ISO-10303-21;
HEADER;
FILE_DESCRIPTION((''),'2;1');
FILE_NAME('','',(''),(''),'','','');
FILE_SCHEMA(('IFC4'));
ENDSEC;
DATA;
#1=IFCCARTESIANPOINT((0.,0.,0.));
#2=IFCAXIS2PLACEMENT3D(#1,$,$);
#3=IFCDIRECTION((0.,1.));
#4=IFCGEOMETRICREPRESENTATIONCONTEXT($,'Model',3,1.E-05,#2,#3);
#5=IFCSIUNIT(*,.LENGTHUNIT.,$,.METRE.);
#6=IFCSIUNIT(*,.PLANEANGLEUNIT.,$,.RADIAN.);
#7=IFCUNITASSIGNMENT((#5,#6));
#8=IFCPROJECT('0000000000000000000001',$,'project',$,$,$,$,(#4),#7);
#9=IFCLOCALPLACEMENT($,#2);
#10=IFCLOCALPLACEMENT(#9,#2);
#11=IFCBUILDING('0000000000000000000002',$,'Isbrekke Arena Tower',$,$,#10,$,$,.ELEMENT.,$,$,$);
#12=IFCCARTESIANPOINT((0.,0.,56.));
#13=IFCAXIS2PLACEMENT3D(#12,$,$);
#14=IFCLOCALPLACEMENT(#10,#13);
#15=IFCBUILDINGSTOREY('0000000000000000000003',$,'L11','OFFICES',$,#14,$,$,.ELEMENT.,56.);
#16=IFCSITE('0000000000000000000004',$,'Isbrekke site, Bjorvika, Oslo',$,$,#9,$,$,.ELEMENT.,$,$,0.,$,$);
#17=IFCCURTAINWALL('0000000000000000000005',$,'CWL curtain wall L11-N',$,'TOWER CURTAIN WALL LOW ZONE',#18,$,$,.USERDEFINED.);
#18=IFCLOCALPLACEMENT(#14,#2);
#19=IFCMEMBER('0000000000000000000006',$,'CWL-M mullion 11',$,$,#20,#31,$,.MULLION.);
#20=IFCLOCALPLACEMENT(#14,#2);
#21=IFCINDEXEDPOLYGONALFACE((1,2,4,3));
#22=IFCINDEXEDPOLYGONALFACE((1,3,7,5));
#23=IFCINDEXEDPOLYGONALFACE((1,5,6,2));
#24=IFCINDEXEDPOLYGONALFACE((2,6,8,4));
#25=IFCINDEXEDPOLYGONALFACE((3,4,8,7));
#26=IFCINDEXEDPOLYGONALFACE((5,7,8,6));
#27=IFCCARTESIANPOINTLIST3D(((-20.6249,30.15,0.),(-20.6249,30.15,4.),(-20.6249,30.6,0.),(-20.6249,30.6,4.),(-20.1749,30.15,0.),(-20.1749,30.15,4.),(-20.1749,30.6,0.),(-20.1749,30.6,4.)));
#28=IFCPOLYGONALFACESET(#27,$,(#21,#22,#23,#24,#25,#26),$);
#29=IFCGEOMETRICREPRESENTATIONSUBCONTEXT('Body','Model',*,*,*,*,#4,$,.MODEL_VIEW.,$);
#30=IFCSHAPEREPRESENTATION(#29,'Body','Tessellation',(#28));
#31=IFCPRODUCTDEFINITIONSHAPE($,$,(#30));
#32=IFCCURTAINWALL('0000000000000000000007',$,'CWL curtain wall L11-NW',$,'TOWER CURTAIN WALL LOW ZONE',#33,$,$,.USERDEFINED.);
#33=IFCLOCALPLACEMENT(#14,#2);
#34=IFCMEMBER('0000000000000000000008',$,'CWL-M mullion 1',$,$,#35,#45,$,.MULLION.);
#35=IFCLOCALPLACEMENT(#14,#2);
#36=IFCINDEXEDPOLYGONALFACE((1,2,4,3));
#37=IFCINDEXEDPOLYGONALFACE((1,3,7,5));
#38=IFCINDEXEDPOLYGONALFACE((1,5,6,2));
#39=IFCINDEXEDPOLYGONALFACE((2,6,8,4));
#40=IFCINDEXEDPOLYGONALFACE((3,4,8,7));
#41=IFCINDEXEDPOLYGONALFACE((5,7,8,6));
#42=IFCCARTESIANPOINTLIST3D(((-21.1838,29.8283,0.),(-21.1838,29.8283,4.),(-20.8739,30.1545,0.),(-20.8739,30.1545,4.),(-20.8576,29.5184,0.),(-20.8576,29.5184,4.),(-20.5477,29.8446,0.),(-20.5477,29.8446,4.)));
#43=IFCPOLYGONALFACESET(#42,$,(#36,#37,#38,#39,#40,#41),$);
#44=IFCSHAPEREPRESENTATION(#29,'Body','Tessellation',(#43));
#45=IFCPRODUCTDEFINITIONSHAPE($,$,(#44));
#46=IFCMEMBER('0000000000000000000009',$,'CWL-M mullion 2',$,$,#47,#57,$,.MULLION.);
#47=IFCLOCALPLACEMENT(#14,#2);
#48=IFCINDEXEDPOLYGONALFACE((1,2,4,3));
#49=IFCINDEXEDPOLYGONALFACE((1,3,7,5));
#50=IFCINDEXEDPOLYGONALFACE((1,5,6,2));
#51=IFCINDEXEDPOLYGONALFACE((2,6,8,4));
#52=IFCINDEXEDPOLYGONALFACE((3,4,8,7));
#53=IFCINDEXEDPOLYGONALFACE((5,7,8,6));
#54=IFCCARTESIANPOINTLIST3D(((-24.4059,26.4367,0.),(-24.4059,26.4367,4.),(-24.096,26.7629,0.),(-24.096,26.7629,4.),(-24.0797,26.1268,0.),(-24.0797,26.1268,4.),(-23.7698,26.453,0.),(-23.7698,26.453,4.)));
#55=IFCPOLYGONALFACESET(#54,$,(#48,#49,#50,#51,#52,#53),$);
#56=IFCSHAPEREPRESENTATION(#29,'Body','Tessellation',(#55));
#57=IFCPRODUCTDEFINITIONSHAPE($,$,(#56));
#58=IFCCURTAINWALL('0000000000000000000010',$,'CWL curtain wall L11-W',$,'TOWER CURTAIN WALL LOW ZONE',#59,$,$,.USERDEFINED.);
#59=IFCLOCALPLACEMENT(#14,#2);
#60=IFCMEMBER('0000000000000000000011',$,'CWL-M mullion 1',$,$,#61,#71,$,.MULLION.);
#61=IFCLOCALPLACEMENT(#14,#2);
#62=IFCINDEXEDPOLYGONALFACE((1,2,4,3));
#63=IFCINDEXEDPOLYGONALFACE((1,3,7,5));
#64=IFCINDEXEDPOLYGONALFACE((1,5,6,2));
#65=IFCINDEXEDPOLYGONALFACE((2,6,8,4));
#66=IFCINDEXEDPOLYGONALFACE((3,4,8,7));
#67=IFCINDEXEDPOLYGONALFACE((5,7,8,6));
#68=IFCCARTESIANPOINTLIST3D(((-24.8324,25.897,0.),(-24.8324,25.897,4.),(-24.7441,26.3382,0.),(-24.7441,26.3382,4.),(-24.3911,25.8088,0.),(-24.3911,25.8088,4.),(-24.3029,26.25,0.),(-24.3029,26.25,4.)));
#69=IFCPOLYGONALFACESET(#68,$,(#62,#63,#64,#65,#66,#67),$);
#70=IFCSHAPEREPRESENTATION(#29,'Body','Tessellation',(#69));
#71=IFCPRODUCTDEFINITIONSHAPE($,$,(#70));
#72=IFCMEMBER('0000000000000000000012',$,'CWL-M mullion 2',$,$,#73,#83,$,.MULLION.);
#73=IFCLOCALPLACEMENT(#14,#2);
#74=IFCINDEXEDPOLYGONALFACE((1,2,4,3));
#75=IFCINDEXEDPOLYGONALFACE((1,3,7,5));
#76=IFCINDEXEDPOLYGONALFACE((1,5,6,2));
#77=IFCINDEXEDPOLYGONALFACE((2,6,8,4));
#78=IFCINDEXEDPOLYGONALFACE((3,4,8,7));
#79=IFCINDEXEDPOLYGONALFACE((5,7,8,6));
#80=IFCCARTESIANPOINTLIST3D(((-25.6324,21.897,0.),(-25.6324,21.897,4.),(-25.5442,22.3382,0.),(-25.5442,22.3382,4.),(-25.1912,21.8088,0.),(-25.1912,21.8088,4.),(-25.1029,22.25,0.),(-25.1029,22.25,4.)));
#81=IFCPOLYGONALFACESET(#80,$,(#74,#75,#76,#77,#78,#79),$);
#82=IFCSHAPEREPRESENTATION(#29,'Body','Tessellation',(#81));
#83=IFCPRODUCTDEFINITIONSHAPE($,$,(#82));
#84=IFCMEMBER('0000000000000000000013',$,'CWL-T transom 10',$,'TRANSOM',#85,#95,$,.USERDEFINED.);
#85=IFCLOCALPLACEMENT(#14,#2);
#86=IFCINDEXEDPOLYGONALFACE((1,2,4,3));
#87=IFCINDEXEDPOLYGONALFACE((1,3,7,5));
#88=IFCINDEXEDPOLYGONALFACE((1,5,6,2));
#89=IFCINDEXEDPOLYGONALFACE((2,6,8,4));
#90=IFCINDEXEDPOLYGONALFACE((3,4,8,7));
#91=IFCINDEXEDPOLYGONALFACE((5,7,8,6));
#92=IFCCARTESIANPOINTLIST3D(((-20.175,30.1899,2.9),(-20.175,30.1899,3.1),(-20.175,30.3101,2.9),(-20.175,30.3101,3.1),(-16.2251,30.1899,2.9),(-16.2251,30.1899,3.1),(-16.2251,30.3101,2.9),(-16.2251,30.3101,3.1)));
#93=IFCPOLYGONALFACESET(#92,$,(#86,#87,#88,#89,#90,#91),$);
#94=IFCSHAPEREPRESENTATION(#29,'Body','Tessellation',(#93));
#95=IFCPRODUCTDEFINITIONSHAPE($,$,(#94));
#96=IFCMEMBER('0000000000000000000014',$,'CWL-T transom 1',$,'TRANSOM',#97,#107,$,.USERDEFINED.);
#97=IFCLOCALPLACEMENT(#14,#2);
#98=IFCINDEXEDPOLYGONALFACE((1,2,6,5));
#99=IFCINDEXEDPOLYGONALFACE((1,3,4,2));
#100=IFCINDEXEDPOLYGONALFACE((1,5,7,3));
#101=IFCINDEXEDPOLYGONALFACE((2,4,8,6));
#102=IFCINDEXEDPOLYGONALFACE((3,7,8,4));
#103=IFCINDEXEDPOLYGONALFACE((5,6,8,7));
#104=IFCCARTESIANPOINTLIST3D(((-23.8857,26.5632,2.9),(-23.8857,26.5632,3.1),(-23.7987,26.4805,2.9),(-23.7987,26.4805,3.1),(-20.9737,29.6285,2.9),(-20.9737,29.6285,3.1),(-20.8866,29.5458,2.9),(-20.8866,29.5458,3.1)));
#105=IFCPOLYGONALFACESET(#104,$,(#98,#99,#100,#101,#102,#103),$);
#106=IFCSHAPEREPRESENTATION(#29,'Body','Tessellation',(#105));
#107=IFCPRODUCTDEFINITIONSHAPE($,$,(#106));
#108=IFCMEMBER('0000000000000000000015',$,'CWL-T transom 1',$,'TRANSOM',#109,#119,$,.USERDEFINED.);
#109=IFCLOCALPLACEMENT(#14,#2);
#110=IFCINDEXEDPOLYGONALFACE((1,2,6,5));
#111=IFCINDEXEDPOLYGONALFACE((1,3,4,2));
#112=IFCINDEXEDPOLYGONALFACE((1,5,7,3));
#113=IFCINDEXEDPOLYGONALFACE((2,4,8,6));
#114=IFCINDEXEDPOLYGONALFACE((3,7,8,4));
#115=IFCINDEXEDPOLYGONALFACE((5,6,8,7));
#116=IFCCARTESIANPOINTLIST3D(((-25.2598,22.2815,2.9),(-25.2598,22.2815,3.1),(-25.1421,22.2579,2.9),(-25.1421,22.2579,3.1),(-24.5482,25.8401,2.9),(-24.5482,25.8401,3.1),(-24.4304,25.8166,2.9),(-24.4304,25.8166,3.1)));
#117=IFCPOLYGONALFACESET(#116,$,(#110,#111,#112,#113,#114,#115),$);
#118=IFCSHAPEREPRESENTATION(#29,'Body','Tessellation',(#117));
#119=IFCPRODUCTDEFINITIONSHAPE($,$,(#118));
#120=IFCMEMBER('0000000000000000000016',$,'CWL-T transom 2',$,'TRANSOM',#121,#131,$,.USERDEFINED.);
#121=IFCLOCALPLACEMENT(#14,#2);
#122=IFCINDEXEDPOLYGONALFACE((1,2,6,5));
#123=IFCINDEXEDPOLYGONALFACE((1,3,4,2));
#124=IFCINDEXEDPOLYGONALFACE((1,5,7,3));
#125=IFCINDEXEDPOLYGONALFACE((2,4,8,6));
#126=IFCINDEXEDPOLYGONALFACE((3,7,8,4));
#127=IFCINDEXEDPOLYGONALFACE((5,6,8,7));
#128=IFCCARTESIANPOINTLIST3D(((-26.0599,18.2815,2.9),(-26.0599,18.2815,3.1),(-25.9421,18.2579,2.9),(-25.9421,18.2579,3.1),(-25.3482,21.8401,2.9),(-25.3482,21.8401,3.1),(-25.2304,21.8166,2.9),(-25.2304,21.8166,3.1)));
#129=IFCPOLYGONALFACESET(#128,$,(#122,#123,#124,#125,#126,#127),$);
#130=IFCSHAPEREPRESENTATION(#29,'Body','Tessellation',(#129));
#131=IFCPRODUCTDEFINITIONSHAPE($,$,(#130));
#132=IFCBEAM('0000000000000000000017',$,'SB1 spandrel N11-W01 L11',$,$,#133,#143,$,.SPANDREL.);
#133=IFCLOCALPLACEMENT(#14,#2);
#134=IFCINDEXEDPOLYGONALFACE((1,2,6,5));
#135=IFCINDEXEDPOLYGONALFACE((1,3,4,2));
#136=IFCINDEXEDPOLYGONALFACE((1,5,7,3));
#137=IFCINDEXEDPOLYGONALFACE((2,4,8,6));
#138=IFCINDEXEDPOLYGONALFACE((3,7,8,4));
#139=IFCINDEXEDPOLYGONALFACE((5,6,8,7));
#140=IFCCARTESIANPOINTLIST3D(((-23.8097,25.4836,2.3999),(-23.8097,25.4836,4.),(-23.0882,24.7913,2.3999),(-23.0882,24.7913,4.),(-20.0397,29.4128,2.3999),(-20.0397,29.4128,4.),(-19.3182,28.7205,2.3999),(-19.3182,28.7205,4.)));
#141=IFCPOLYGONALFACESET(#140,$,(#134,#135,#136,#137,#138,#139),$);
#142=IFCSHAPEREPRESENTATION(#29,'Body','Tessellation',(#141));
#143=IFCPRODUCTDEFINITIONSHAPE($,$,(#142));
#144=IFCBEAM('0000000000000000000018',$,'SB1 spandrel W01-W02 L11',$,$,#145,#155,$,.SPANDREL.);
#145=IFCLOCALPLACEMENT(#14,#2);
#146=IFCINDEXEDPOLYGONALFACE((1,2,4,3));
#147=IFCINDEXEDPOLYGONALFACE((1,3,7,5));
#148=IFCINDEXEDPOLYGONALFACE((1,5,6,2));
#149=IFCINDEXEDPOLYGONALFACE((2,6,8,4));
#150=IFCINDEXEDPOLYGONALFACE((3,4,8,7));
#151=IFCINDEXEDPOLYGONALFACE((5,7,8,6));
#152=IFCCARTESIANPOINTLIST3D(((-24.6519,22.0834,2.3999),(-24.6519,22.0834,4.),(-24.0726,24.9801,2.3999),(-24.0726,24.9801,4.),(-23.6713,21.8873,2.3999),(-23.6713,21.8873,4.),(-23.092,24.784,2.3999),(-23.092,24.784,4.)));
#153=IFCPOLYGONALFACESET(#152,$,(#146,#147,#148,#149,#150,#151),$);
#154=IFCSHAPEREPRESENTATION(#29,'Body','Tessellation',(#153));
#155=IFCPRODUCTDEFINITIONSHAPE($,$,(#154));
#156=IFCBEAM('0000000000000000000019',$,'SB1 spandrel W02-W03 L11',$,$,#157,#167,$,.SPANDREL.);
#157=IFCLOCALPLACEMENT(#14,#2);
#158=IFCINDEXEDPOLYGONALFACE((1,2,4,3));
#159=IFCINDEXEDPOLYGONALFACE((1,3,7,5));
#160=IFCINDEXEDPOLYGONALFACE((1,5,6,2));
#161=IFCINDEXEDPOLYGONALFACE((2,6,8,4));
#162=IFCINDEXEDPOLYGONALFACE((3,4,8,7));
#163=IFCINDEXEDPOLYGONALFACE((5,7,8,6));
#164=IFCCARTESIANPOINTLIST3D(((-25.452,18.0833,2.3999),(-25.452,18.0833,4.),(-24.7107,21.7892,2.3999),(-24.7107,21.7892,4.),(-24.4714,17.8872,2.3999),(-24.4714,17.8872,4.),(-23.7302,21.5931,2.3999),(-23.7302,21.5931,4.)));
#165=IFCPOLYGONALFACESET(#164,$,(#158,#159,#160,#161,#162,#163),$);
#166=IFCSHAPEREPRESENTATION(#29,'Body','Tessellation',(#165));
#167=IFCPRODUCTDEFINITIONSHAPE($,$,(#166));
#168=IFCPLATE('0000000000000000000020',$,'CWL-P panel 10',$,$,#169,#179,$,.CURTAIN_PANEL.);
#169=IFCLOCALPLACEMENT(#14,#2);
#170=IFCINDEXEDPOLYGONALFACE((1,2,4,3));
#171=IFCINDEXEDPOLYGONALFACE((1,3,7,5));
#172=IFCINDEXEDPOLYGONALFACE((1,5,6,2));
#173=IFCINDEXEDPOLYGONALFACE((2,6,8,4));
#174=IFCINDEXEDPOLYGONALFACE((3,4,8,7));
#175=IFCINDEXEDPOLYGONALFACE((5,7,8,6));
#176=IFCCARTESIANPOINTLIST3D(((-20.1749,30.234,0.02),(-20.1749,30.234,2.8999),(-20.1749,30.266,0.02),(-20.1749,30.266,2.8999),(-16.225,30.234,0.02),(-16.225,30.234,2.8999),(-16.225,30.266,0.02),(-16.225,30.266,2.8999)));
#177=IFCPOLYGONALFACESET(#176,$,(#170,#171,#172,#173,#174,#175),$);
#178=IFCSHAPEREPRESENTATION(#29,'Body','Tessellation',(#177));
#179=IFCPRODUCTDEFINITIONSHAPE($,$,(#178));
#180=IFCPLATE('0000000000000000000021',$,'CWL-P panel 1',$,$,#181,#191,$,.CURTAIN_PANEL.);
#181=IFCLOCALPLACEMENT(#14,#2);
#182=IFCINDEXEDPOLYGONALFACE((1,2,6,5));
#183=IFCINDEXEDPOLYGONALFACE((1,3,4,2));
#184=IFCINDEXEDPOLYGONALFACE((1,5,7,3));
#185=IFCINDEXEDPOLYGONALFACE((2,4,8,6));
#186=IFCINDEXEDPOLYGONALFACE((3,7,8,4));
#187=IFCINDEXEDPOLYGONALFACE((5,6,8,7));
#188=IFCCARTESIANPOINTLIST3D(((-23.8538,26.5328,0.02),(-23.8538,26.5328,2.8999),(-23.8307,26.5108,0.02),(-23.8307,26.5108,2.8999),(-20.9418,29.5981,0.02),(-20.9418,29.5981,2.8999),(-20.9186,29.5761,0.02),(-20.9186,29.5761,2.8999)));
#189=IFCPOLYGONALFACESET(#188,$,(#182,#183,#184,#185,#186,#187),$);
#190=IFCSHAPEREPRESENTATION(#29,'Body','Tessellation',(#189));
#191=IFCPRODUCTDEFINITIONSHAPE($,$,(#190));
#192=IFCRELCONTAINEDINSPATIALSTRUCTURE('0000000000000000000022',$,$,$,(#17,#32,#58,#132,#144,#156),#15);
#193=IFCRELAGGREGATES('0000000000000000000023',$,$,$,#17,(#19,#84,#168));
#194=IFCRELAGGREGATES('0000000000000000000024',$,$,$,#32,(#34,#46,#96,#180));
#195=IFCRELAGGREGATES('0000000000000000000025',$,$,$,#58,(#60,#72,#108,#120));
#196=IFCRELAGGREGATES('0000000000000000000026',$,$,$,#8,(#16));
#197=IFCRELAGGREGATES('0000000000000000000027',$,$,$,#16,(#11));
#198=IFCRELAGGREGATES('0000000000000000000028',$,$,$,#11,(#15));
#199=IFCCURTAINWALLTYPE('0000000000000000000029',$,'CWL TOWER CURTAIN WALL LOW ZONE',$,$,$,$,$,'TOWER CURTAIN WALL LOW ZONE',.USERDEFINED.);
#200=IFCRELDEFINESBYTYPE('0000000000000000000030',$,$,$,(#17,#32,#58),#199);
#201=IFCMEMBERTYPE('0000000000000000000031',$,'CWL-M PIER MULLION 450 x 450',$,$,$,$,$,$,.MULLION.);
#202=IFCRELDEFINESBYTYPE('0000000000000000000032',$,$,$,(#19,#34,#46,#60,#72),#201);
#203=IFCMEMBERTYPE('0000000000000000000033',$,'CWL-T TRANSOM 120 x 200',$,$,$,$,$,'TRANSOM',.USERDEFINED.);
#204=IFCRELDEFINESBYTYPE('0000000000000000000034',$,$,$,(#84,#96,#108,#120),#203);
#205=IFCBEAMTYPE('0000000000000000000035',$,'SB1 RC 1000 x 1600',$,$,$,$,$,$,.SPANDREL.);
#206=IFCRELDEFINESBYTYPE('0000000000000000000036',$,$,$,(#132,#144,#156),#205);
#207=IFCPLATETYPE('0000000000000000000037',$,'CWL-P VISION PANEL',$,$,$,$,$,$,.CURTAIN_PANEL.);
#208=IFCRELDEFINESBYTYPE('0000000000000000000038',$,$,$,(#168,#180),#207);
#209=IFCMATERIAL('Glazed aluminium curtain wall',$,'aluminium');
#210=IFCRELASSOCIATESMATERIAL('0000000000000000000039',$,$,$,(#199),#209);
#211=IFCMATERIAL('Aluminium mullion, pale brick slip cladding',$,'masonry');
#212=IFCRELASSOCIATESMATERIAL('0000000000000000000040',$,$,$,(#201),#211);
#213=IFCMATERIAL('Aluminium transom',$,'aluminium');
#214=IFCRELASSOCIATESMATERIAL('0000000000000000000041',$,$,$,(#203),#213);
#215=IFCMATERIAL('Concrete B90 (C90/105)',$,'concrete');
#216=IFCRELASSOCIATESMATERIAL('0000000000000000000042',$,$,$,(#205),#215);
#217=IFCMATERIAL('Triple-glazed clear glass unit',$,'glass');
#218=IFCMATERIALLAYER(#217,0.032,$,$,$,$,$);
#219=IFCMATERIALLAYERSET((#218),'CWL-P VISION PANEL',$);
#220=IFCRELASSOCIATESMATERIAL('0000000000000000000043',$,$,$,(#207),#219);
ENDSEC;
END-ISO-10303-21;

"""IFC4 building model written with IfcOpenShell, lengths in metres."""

from ifc_helpers import new_model, si_unit, direction, frame, origin, origin_2d, place, context, subcontext, project, spatial, rectangle, extrude, material, layer, layer_set, material_profile, profile_set, type_object, element, aggregate, save


model = new_model("IFC4")

# Units and contexts
model_context = context("Model", 3, precision=1e-05, world=origin(), true_north=direction((0.0, 1.0)))
body_context = subcontext(model_context, "Body", "Model", "MODEL_VIEW")
ifc_project = project(units=[si_unit("LENGTHUNIT", "METRE"), si_unit("PLANEANGLEUNIT", "RADIAN")], contexts=[model_context])

# Site, building, storey
site_placement = place(None, origin())
site = spatial("IfcSite", under=ifc_project, at=site_placement, Name="Isbrekke site, Bjorvika, Oslo", CompositionType="ELEMENT", RefElevation=0.0)
building_placement = place(site_placement, origin())
building = spatial("IfcBuilding", under=site, at=building_placement, Name="Isbrekke Arena Tower", CompositionType="ELEMENT")
storey_placement = place(building_placement, frame((0.0, 0.0, 56.0)))
storey = spatial("IfcBuildingStorey", under=building, at=storey_placement, Name="L11", Description="OFFICES", CompositionType="ELEMENT", Elevation=56.0)

# Curtain wall, member
ifc_material_1 = material(Name="Glazed aluminium curtain wall", Category="aluminium")
curtain_wall_type = type_object("IfcCurtainWallType", Name="CWL TOWER CURTAIN WALL LOW ZONE", ElementType="TOWER CURTAIN WALL LOW ZONE", PredefinedType="USERDEFINED", material=ifc_material_1)
curtain_wall_1_placement = place(storey_placement, origin())
curtain_wall_1 = element("IfcCurtainWall", 1, at=curtain_wall_1_placement, inside=storey, type_object=curtain_wall_type, Name="CWL curtain wall L11-N", ObjectType="TOWER CURTAIN WALL LOW ZONE", PredefinedType="USERDEFINED")
ifc_material_2 = material(Name="Aluminium mullion, pale brick slip cladding", Category="masonry")
ifc_material_profile_1 = material_profile(ifc_material_2, rectangle(XDim=0.45, YDim=0.45, at=origin_2d()), Name="PIER 450X450")
ifc_profile_set_1 = profile_set([ifc_material_profile_1], Name="Aluminium mullion, pale brick slip cladding")
member_type_1 = type_object("IfcMemberType", Name="CWL-M PIER MULLION 450 x 450", PredefinedType="MULLION", material=ifc_profile_set_1)
member_1_placement = place(storey_placement, frame((-20.3999, 30.375, 0.0), z_axis=(0.0, 0.0, 1.0), x_axis=(-1.0, 0.0, 0.0)))
member_1 = element("IfcMember", 2, at=member_1_placement, type_object=member_type_1, Name="CWL-M mullion 11", PredefinedType="MULLION", context=body_context, shape_type="SweptSolid", body=[
    extrude(rectangle(XDim=0.45, YDim=0.45, at=origin_2d()), origin(), (0.0, 0.0, 1.0), 4.0),
])

# Curtain walls, members
curtain_wall_2_placement = place(storey_placement, origin())
curtain_wall_2 = element("IfcCurtainWall", 3, at=curtain_wall_2_placement, inside=storey, type_object=curtain_wall_type, Name="CWL curtain wall L11-NW", ObjectType="TOWER CURTAIN WALL LOW ZONE", PredefinedType="USERDEFINED")
member_2_placement = place(storey_placement, frame((-20.8657, 29.8364, 0.0), z_axis=(0.0, 0.0, 1.0), x_axis=(-0.688749, -0.724999, 0.0)))
member_2 = element("IfcMember", 4, at=member_2_placement, type_object=member_type_1, Name="CWL-M mullion 1", PredefinedType="MULLION", context=body_context, shape_type="SweptSolid", body=[
    extrude(rectangle(XDim=0.45, YDim=0.45, at=origin_2d()), origin(), (0.0, 0.0, 1.0), 4.0),
])
member_3_placement = place(storey_placement, frame((-24.0879, 26.4448, 0.0), z_axis=(0.0, 0.0, 1.0), x_axis=(-0.688749, -0.724999, 0.0)))
member_3 = element("IfcMember", 5, at=member_3_placement, type_object=member_type_1, Name="CWL-M mullion 2", PredefinedType="MULLION", context=body_context, shape_type="SweptSolid", body=[
    extrude(rectangle(XDim=0.45, YDim=0.45, at=origin_2d()), origin(), (0.0, 0.0, 1.0), 4.0),
])
curtain_wall_3_placement = place(storey_placement, origin())
curtain_wall_3 = element("IfcCurtainWall", 6, at=curtain_wall_3_placement, inside=storey, type_object=curtain_wall_type, Name="CWL curtain wall L11-W", ObjectType="TOWER CURTAIN WALL LOW ZONE", PredefinedType="USERDEFINED")
member_4_placement = place(storey_placement, frame((-24.5676, 26.0735, 0.0), z_axis=(0.0, 0.0, 1.0), x_axis=(-0.196116, -0.980581, 0.0)))
member_4 = element("IfcMember", 7, at=member_4_placement, type_object=member_type_1, Name="CWL-M mullion 1", PredefinedType="MULLION", context=body_context, shape_type="SweptSolid", body=[
    extrude(rectangle(XDim=0.45, YDim=0.45, at=origin_2d()), origin(), (0.0, 0.0, 1.0), 4.0),
])
member_5_placement = place(storey_placement, frame((-25.3677, 22.0735, 0.0), z_axis=(0.0, 0.0, 1.0), x_axis=(-0.196116, -0.980581, 0.0)))
member_5 = element("IfcMember", 8, at=member_5_placement, type_object=member_type_1, Name="CWL-M mullion 2", PredefinedType="MULLION", context=body_context, shape_type="SweptSolid", body=[
    extrude(rectangle(XDim=0.45, YDim=0.45, at=origin_2d()), origin(), (0.0, 0.0, 1.0), 4.0),
])

# Members
ifc_material_3 = material(Name="Aluminium transom", Category="aluminium")
ifc_material_profile_2 = material_profile(ifc_material_3, rectangle(XDim=0.1201, YDim=0.2, at=origin_2d()), Name="TRANSOM 120X200")
ifc_profile_set_2 = profile_set([ifc_material_profile_2], Name="Aluminium transom")
member_type_2 = type_object("IfcMemberType", Name="CWL-T TRANSOM 120 x 200", ElementType="TRANSOM", PredefinedType="USERDEFINED", material=ifc_profile_set_2)
member_6_placement = place(storey_placement, frame((-16.2251, 30.25, 3.0), z_axis=(-1.0, 0.0, 0.0), x_axis=(0.0, -1.0, 0.0)))
member_6 = element("IfcMember", 9, at=member_6_placement, type_object=member_type_2, Name="CWL-T transom 10", ObjectType="TRANSOM", PredefinedType="USERDEFINED", context=body_context, shape_type="SweptSolid", body=[
    extrude(rectangle(XDim=0.1201, YDim=0.2, at=origin_2d()), origin(), (0.0, 0.0, 1.0), 3.95),
])
member_7_placement = place(storey_placement, frame((-20.9302, 29.5872, 3.0), z_axis=(-0.688743, -0.725005, 0.0), x_axis=(0.725005, -0.688743, 0.0)))
member_7 = element("IfcMember", 10, at=member_7_placement, type_object=member_type_2, Name="CWL-T transom 1", ObjectType="TRANSOM", PredefinedType="USERDEFINED", context=body_context, shape_type="SweptSolid", body=[
    extrude(rectangle(XDim=0.1201, YDim=0.2, at=origin_2d()), origin(), (0.0, 0.0, 1.0), 4.228),
])
member_8_placement = place(storey_placement, frame((-24.4893, 25.8284, 3.0), z_axis=(-0.196103, -0.980583, 0.0), x_axis=(0.980583, -0.196103, 0.0)))
member_8 = element("IfcMember", 11, at=member_8_placement, type_object=member_type_2, Name="CWL-T transom 1", ObjectType="TRANSOM", PredefinedType="USERDEFINED", context=body_context, shape_type="SweptSolid", body=[
    extrude(rectangle(XDim=0.1201, YDim=0.2, at=origin_2d()), origin(), (0.0, 0.0, 1.0), 3.6292),
])
member_9_placement = place(storey_placement, frame((-25.2893, 21.8284, 3.0), z_axis=(-0.196103, -0.980583, 0.0), x_axis=(0.980583, -0.196103, 0.0)))
member_9 = element("IfcMember", 12, at=member_9_placement, type_object=member_type_2, Name="CWL-T transom 2", ObjectType="TRANSOM", PredefinedType="USERDEFINED", context=body_context, shape_type="SweptSolid", body=[
    extrude(rectangle(XDim=0.1201, YDim=0.2, at=origin_2d()), origin(), (0.0, 0.0, 1.0), 3.6292),
])

# Beams
ifc_material_4 = material(Name="Concrete B90 (C90/105)", Category="concrete")
ifc_material_profile_3 = material_profile(ifc_material_4, rectangle(XDim=1.0, YDim=1.6001, at=origin_2d()), Name="RC 1000x1600")
ifc_profile_set_3 = profile_set([ifc_material_profile_3], Name="Concrete B90 (C90/105)")
beam_type_1 = type_object("IfcBeamType", Name="SB1 RC 1000 x 1600", PredefinedType="SPANDREL", material=ifc_profile_set_3)
beam_1_placement = place(storey_placement, frame((-19.679, 29.0667, 3.2), z_axis=(-0.69234, -0.721572, 0.0), x_axis=(0.721572, -0.69234, 0.0)))
element("IfcBeam", 13, at=beam_1_placement, inside=storey, type_object=beam_type_1, Name="SB1 spandrel N11-W01 L11", PredefinedType="SPANDREL", context=body_context, shape_type="SweptSolid", body=[
    extrude(rectangle(XDim=1.0, YDim=1.6001, at=origin_2d()), origin(), (0.0, 0.0, 1.0), 5.4453),
])
beam_2_placement = place(storey_placement, frame((-23.5823, 24.8821, 3.2), z_axis=(-0.196116, -0.980581, 0.0), x_axis=(0.980581, -0.196116, 0.0)))
element("IfcBeam", 14, at=beam_2_placement, inside=storey, type_object=beam_type_1, Name="SB1 spandrel W01-W02 L11", PredefinedType="SPANDREL", context=body_context, shape_type="SweptSolid", body=[
    extrude(rectangle(XDim=1.0, YDim=1.6001, at=origin_2d()), origin(), (0.0, 0.0, 1.0), 2.9541),
])
beam_3_placement = place(storey_placement, frame((-24.2205, 21.6912, 3.2), z_axis=(-0.196129, -0.980578, 0.0), x_axis=(0.980578, -0.196129, 0.0)))
element("IfcBeam", 15, at=beam_3_placement, inside=storey, type_object=beam_type_1, Name="SB1 spandrel W02-W03 L11", PredefinedType="SPANDREL", context=body_context, shape_type="SweptSolid", body=[
    extrude(rectangle(XDim=1.0, YDim=1.6001, at=origin_2d()), origin(), (0.0, 0.0, 1.0), 3.7793),
])

# Plates
ifc_material_5 = material(Name="Triple-glazed clear glass unit", Category="glass")
ifc_layer_1 = layer(ifc_material_5, 0.032)
ifc_layer_set_1 = layer_set([ifc_layer_1], Name="CWL-P VISION PANEL")
plate_type = type_object("IfcPlateType", Name="CWL-P VISION PANEL", PredefinedType="CURTAIN_PANEL", material=ifc_layer_set_1)
plate_1_placement = place(storey_placement, frame((-18.2, 30.25, 0.02), z_axis=(0.0, 0.0, 1.0), x_axis=(-1.0, 0.0, 0.0)))
plate_1 = element("IfcPlate", 16, at=plate_1_placement, type_object=plate_type, Name="CWL-P panel 10", PredefinedType="CURTAIN_PANEL", context=body_context, shape_type="SweptSolid", body=[
    extrude(rectangle(XDim=3.95, YDim=0.032, at=origin_2d()), origin(), (0.0, 0.0, 1.0), 2.8799),
])
aggregate(curtain_wall_1, [member_1, member_6, plate_1])
plate_2_placement = place(storey_placement, frame((-22.3862, 28.0544, 0.02), z_axis=(0.0, 0.0, 1.0), x_axis=(-0.688749, -0.724999, 0.0)))
plate_2 = element("IfcPlate", 17, at=plate_2_placement, type_object=plate_type, Name="CWL-P panel 1", PredefinedType="CURTAIN_PANEL", context=body_context, shape_type="SweptSolid", body=[
    extrude(rectangle(XDim=4.228, YDim=0.032, at=origin_2d()), origin(), (0.0, 0.0, 1.0), 2.8799),
])
aggregate(curtain_wall_2, [member_2, member_3, member_7, plate_2])
aggregate(curtain_wall_3, [member_4, member_5, member_8, member_9])

save(model, "model.ifc")
